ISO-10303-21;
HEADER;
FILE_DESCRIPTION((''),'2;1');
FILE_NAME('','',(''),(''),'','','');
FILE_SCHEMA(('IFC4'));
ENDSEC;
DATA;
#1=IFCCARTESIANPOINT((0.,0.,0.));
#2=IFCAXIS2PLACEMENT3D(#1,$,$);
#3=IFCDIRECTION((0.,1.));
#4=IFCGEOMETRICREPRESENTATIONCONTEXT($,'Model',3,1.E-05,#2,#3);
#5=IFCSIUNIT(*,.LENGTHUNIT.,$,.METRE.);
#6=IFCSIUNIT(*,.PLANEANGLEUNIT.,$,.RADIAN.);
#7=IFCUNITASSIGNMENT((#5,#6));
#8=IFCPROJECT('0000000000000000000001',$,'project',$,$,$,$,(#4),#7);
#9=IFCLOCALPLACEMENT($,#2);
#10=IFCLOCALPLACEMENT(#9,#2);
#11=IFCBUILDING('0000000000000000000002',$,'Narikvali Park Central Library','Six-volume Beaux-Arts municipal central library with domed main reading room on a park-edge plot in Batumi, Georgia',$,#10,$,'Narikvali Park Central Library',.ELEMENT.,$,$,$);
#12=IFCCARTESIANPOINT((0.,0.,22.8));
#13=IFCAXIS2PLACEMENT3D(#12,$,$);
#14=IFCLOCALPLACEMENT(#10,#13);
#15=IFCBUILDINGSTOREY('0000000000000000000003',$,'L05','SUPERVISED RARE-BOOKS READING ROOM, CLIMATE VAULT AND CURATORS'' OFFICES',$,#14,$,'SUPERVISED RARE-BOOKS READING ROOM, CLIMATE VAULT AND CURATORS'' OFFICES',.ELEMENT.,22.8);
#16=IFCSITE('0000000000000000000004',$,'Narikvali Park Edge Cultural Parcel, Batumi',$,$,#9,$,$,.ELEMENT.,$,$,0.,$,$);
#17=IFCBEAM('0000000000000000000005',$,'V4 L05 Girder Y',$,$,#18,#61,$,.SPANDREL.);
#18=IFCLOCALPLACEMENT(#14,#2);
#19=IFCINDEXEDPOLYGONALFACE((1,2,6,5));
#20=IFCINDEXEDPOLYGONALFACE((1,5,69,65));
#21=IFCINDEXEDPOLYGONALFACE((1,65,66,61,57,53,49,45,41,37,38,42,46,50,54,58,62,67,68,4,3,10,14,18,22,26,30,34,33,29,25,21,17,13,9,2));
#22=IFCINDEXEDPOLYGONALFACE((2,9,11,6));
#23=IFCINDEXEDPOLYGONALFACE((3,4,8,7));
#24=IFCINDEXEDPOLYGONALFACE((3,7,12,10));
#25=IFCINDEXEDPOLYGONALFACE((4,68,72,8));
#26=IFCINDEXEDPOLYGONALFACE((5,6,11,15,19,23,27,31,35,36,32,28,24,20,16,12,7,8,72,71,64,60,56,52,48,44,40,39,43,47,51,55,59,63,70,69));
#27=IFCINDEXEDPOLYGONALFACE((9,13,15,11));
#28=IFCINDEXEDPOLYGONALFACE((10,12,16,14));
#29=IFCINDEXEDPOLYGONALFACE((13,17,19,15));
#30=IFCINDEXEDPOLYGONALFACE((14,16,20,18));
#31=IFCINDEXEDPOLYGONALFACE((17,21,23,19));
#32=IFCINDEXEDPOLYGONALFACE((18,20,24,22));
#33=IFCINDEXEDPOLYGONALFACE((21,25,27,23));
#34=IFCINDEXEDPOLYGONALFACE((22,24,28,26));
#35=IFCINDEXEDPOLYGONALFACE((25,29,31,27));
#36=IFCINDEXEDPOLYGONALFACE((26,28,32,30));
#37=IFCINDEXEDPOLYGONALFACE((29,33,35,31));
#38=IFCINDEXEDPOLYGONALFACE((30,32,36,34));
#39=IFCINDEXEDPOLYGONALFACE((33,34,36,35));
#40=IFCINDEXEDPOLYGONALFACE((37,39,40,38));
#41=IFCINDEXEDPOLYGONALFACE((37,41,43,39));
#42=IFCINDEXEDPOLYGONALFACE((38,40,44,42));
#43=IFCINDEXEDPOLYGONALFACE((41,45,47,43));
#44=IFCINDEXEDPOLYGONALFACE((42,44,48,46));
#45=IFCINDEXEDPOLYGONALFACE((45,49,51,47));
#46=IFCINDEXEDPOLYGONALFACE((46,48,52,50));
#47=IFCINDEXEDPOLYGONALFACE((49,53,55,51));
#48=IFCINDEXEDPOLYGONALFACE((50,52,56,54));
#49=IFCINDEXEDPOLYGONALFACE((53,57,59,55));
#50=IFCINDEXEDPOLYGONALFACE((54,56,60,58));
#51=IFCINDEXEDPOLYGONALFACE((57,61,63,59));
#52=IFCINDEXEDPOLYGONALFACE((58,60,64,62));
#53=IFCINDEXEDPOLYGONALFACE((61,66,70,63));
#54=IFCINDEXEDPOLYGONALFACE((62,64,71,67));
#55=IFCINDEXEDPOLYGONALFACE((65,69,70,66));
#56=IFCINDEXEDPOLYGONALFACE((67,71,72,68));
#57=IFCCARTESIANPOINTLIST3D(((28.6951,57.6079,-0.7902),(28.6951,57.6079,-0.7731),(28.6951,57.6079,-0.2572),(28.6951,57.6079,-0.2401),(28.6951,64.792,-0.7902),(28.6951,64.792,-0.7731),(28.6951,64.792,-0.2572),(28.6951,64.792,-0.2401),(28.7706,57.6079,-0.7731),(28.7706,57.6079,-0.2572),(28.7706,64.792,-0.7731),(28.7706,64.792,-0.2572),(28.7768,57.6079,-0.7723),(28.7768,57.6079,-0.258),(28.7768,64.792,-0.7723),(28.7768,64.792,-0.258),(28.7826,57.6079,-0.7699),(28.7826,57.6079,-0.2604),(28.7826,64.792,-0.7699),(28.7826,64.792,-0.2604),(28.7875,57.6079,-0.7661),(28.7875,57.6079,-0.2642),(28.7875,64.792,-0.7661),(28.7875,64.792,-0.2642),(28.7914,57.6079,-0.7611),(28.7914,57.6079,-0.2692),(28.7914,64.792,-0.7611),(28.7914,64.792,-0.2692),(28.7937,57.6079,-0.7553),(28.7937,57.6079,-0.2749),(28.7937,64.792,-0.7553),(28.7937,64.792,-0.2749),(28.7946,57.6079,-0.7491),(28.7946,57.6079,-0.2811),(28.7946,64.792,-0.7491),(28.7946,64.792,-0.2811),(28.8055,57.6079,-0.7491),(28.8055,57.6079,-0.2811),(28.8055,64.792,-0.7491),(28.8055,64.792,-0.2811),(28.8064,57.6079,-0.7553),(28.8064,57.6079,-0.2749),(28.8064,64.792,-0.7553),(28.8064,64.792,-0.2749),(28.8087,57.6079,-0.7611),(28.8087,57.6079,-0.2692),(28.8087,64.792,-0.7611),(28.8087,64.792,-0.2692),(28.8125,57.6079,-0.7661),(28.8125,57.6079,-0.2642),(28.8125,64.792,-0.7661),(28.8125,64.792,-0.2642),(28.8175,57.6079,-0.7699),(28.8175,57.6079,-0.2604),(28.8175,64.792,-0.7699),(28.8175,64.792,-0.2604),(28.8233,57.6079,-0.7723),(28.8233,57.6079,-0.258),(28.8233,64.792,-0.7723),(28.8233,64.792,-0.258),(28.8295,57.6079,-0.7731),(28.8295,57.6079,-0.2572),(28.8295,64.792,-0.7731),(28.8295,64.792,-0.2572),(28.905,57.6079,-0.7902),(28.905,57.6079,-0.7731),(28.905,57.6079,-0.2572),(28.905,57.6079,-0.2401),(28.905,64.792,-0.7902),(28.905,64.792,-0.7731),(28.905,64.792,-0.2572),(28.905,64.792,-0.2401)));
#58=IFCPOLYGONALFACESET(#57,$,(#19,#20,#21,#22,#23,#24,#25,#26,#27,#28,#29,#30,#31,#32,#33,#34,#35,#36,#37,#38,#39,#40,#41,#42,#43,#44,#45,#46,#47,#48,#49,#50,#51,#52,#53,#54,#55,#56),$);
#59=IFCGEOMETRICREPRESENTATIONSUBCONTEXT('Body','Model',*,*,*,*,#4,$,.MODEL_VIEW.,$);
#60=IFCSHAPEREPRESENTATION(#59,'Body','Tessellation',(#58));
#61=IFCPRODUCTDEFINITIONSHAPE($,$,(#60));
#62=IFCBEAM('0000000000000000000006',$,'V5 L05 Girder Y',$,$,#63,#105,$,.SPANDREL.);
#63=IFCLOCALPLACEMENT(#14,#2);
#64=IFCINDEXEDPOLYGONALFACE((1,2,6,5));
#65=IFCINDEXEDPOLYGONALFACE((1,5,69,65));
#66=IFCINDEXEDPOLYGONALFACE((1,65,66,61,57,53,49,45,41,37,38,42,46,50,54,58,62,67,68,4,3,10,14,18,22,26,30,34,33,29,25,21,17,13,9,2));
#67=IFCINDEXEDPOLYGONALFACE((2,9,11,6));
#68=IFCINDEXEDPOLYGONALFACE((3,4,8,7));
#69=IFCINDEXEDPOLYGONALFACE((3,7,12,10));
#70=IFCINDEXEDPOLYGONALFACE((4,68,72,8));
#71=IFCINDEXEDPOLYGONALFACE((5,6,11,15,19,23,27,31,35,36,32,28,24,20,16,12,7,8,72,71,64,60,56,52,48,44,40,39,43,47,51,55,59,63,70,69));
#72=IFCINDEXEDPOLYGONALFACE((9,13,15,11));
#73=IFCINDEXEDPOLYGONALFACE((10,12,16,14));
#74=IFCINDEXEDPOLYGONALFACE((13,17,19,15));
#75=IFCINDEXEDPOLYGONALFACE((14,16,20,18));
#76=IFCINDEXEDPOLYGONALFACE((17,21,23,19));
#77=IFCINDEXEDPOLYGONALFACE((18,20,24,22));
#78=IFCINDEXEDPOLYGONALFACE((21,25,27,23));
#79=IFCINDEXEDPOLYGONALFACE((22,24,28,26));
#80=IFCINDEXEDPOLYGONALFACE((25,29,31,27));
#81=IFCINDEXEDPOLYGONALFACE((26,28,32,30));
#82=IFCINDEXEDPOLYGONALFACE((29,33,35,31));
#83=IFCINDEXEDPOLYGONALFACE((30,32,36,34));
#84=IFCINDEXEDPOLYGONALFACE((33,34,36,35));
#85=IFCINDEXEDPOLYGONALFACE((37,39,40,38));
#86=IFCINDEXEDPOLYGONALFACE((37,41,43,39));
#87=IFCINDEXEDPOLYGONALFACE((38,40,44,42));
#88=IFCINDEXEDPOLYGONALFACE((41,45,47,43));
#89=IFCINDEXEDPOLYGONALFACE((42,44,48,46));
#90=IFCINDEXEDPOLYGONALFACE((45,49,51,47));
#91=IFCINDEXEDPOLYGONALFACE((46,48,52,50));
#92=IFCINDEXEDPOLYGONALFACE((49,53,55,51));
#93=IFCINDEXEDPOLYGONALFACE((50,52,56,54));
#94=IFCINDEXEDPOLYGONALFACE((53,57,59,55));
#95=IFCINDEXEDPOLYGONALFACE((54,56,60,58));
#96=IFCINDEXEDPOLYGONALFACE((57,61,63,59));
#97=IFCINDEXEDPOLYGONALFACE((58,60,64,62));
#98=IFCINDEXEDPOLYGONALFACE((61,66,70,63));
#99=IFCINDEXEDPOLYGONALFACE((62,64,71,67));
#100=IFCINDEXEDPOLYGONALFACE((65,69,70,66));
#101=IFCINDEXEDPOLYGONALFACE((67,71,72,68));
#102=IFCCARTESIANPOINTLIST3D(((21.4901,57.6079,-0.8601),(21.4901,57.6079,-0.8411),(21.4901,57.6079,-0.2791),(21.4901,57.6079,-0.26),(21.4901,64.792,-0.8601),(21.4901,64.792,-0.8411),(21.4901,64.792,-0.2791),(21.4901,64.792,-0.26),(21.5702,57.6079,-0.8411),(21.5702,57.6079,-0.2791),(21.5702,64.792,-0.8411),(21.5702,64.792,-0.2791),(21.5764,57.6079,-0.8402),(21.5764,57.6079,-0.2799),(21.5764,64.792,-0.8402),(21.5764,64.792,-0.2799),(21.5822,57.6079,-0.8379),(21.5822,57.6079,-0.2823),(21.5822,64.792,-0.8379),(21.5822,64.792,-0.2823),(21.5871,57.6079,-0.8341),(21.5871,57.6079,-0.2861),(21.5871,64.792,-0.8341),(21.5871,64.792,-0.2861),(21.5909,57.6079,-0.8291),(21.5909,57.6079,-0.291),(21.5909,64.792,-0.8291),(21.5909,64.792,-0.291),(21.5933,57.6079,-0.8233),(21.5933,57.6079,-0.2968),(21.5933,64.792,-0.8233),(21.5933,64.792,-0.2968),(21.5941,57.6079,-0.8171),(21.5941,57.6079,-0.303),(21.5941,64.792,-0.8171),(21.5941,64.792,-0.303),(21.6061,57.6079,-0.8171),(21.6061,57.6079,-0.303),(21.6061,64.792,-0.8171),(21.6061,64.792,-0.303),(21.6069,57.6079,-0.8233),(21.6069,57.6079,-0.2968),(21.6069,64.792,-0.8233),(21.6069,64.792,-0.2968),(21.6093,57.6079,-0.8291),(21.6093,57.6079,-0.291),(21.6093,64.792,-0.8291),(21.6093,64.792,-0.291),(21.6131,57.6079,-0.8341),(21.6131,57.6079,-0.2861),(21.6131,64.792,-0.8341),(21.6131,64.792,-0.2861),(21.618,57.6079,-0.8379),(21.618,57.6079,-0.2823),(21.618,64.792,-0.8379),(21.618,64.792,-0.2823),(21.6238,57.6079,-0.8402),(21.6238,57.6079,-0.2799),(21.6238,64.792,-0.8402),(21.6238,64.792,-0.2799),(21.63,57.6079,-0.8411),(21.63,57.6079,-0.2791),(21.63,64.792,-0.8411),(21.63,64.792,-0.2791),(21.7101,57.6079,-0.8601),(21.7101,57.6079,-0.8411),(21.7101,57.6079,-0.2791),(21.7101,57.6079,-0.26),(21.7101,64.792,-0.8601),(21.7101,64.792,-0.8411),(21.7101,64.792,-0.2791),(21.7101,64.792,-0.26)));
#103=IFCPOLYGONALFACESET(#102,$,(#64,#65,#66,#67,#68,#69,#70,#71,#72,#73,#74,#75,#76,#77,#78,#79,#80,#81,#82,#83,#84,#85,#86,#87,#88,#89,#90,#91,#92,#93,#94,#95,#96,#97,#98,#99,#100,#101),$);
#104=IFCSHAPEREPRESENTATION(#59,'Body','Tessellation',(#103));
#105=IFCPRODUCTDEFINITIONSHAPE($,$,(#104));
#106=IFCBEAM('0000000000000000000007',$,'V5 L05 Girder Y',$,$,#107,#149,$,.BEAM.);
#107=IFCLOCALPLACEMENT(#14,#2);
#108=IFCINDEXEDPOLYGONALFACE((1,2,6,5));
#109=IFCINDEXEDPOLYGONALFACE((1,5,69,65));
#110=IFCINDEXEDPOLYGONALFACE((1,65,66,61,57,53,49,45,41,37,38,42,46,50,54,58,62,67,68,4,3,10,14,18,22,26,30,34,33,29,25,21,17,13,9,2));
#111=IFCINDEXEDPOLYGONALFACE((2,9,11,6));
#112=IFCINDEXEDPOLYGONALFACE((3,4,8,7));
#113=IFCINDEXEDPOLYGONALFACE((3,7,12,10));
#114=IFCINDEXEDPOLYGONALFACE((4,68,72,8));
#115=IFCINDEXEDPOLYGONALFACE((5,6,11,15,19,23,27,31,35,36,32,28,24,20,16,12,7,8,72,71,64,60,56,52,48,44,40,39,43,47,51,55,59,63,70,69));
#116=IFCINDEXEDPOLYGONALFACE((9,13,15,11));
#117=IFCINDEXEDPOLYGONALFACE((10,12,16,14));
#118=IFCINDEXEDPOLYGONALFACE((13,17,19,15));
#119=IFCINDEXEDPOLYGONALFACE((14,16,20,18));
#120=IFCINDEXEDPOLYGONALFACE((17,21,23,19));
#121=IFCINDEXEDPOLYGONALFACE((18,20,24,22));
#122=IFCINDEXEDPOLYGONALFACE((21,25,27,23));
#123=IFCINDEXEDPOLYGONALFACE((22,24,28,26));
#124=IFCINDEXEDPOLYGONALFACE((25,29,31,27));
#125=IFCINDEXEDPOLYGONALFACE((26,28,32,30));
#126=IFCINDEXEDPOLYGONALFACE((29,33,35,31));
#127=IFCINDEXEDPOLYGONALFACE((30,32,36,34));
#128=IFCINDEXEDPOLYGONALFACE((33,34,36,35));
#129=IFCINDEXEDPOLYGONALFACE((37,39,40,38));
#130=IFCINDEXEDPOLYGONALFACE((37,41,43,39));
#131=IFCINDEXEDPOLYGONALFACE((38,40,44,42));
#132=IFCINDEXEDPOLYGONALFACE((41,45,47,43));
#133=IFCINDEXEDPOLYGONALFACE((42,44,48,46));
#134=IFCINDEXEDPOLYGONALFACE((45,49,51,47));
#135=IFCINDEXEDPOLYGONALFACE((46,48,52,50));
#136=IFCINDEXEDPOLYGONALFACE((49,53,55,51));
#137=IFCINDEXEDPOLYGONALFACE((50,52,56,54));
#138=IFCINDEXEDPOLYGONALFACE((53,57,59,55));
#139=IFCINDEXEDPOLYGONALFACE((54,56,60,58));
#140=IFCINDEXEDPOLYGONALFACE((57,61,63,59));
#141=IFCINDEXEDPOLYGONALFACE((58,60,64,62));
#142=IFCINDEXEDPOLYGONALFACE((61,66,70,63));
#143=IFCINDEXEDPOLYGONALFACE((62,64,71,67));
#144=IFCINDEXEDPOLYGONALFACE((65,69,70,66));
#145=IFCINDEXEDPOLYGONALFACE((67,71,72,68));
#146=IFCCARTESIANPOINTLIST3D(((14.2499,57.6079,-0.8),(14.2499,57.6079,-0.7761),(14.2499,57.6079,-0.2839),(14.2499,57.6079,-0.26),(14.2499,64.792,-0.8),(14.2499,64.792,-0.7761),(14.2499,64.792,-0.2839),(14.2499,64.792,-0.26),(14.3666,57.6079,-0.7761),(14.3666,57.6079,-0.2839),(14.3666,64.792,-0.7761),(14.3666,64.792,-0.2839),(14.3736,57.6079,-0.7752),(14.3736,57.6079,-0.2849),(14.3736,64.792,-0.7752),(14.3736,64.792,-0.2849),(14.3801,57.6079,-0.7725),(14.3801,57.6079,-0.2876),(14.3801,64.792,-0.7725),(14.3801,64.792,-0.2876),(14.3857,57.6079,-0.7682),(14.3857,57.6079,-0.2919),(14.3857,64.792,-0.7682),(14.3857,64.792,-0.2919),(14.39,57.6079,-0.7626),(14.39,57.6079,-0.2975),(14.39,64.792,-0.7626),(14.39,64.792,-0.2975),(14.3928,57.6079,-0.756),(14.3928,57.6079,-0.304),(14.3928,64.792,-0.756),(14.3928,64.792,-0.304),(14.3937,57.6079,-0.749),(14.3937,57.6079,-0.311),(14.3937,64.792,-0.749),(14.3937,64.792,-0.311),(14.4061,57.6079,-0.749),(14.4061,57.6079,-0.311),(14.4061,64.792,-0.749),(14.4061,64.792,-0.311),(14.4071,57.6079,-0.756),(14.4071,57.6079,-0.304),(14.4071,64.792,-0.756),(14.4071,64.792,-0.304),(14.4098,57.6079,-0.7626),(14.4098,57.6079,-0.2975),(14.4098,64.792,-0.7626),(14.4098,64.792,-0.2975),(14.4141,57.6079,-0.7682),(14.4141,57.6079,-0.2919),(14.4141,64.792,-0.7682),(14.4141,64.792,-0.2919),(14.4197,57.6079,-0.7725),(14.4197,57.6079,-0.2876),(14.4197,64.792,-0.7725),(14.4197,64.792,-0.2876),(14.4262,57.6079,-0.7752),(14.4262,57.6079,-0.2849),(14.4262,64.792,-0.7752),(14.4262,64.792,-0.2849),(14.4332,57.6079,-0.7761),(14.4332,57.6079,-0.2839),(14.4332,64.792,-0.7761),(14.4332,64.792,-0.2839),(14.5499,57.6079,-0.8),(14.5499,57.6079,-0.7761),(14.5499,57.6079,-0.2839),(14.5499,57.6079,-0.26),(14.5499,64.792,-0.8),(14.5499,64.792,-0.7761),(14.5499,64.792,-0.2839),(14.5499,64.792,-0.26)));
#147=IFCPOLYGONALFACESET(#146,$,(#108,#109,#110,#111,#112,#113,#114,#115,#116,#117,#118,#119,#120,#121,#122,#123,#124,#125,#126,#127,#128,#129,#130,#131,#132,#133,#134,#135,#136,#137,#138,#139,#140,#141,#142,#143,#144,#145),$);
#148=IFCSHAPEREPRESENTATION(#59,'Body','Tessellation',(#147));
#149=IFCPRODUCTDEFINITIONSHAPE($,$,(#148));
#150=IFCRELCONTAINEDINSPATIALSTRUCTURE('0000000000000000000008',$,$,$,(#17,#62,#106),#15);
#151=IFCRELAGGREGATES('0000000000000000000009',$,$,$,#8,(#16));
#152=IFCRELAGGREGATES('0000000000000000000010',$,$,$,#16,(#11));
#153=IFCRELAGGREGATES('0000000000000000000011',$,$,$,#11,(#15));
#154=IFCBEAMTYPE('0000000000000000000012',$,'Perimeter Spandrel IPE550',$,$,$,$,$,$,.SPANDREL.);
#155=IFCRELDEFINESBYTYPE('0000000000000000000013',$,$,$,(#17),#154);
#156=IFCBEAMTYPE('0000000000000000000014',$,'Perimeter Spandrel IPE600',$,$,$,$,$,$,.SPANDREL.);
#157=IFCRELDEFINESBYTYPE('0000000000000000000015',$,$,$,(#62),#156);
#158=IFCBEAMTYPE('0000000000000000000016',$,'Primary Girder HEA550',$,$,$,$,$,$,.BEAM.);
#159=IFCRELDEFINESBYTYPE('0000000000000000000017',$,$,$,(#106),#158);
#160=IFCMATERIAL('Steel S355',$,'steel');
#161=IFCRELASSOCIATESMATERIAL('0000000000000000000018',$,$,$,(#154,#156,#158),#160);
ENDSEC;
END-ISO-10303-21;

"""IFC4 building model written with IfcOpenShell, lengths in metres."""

from ifc_helpers import new_model, si_unit, direction, frame, origin, origin_2d, place, context, subcontext, project, spatial, i_section, extrude, material, material_profile, profile_set, type_object, element, save


model = new_model("IFC4")

# Units and contexts
model_context = context("Model", 3, precision=1e-05, world=origin(), true_north=direction((0.0, 1.0)))
body_context = subcontext(model_context, "Body", "Model", "MODEL_VIEW")
ifc_project = project(units=[si_unit("LENGTHUNIT", "METRE"), si_unit("PLANEANGLEUNIT", "RADIAN")], contexts=[model_context])

# Site, building, storey
site_placement = place(None, origin())
site = spatial("IfcSite", under=ifc_project, at=site_placement, Name="Narikvali Park Edge Cultural Parcel, Batumi", CompositionType="ELEMENT", RefElevation=0.0)
building_placement = place(site_placement, origin())
building = spatial("IfcBuilding", under=site, at=building_placement, Name="Narikvali Park Central Library", Description="Six-volume Beaux-Arts municipal central library with domed main reading room on a park-edge plot in Batumi, Georgia", LongName="Narikvali Park Central Library", CompositionType="ELEMENT")
storey_placement = place(building_placement, frame((0.0, 0.0, 22.8)))
storey = spatial("IfcBuildingStorey", under=building, at=storey_placement, Name="L05", Description="SUPERVISED RARE-BOOKS READING ROOM, CLIMATE VAULT AND CURATORS' OFFICES", LongName="SUPERVISED RARE-BOOKS READING ROOM, CLIMATE VAULT AND CURATORS' OFFICES", CompositionType="ELEMENT", Elevation=22.8)

# Shared definitions
ifc_material_1 = material(Name="Steel S355", Category="steel")

# Beams
ifc_material_profile_1 = material_profile(ifc_material_1, i_section(OverallWidth=0.21, OverallDepth=0.55, WebThickness=0.011, FlangeThickness=0.0171, FilletRadius=0.0239, at=origin_2d()), Name="IPE 550")
ifc_profile_set_1 = profile_set([ifc_material_profile_1], Name="Steel S355")
beam_type_1 = type_object("IfcBeamType", Name="Perimeter Spandrel IPE550", PredefinedType="SPANDREL", material=ifc_profile_set_1)
beam_1_placement = place(storey_placement, frame((28.8, 57.6079, -0.5151), z_axis=(0.0, 1.0, 0.0), x_axis=(-1.0, 0.0, 0.0)))
element("IfcBeam", 1, at=beam_1_placement, inside=storey, type_object=beam_type_1, Name="V4 L05 Girder Y", PredefinedType="SPANDREL", context=body_context, shape_type="SweptSolid", body=[
    extrude(i_section(OverallWidth=0.21, OverallDepth=0.55, WebThickness=0.011, FlangeThickness=0.0171, FilletRadius=0.0239, at=origin_2d()), origin(), (0.0, 0.0, 1.0), 7.1841),
])
ifc_material_profile_2 = material_profile(ifc_material_1, i_section(OverallWidth=0.22, OverallDepth=0.6001, WebThickness=0.012, FlangeThickness=0.019, FilletRadius=0.0239, at=origin_2d()), Name="IPE 600")
ifc_profile_set_2 = profile_set([ifc_material_profile_2], Name="Steel S355")
beam_type_2 = type_object("IfcBeamType", Name="Perimeter Spandrel IPE600", PredefinedType="SPANDREL", material=ifc_profile_set_2)
beam_2_placement = place(storey_placement, frame((21.6001, 57.6079, -0.5601), z_axis=(0.0, 1.0, 0.0), x_axis=(-1.0, 0.0, 0.0)))
element("IfcBeam", 2, at=beam_2_placement, inside=storey, type_object=beam_type_2, Name="V5 L05 Girder Y", PredefinedType="SPANDREL", context=body_context, shape_type="SweptSolid", body=[
    extrude(i_section(OverallWidth=0.22, OverallDepth=0.6001, WebThickness=0.012, FlangeThickness=0.019, FilletRadius=0.0239, at=origin_2d()), origin(), (0.0, 0.0, 1.0), 7.1841),
])
ifc_material_profile_3 = material_profile(ifc_material_1, i_section(OverallWidth=0.3, OverallDepth=0.54, WebThickness=0.0125, FlangeThickness=0.0239, FilletRadius=0.0271, at=origin_2d()), Name="HEA 550")
ifc_profile_set_3 = profile_set([ifc_material_profile_3], Name="Steel S355")
beam_type_3 = type_object("IfcBeamType", Name="Primary Girder HEA550", PredefinedType="BEAM", material=ifc_profile_set_3)
beam_3_placement = place(storey_placement, frame((14.3999, 57.6079, -0.53), z_axis=(0.0, 1.0, 0.0), x_axis=(-1.0, 0.0, 0.0)))
element("IfcBeam", 3, at=beam_3_placement, inside=storey, type_object=beam_type_3, Name="V5 L05 Girder Y", PredefinedType="BEAM", context=body_context, shape_type="SweptSolid", body=[
    extrude(i_section(OverallWidth=0.3, OverallDepth=0.54, WebThickness=0.0125, FlangeThickness=0.0239, FilletRadius=0.0271, at=origin_2d()), origin(), (0.0, 0.0, 1.0), 7.1841),
])

save(model, "model.ifc")
